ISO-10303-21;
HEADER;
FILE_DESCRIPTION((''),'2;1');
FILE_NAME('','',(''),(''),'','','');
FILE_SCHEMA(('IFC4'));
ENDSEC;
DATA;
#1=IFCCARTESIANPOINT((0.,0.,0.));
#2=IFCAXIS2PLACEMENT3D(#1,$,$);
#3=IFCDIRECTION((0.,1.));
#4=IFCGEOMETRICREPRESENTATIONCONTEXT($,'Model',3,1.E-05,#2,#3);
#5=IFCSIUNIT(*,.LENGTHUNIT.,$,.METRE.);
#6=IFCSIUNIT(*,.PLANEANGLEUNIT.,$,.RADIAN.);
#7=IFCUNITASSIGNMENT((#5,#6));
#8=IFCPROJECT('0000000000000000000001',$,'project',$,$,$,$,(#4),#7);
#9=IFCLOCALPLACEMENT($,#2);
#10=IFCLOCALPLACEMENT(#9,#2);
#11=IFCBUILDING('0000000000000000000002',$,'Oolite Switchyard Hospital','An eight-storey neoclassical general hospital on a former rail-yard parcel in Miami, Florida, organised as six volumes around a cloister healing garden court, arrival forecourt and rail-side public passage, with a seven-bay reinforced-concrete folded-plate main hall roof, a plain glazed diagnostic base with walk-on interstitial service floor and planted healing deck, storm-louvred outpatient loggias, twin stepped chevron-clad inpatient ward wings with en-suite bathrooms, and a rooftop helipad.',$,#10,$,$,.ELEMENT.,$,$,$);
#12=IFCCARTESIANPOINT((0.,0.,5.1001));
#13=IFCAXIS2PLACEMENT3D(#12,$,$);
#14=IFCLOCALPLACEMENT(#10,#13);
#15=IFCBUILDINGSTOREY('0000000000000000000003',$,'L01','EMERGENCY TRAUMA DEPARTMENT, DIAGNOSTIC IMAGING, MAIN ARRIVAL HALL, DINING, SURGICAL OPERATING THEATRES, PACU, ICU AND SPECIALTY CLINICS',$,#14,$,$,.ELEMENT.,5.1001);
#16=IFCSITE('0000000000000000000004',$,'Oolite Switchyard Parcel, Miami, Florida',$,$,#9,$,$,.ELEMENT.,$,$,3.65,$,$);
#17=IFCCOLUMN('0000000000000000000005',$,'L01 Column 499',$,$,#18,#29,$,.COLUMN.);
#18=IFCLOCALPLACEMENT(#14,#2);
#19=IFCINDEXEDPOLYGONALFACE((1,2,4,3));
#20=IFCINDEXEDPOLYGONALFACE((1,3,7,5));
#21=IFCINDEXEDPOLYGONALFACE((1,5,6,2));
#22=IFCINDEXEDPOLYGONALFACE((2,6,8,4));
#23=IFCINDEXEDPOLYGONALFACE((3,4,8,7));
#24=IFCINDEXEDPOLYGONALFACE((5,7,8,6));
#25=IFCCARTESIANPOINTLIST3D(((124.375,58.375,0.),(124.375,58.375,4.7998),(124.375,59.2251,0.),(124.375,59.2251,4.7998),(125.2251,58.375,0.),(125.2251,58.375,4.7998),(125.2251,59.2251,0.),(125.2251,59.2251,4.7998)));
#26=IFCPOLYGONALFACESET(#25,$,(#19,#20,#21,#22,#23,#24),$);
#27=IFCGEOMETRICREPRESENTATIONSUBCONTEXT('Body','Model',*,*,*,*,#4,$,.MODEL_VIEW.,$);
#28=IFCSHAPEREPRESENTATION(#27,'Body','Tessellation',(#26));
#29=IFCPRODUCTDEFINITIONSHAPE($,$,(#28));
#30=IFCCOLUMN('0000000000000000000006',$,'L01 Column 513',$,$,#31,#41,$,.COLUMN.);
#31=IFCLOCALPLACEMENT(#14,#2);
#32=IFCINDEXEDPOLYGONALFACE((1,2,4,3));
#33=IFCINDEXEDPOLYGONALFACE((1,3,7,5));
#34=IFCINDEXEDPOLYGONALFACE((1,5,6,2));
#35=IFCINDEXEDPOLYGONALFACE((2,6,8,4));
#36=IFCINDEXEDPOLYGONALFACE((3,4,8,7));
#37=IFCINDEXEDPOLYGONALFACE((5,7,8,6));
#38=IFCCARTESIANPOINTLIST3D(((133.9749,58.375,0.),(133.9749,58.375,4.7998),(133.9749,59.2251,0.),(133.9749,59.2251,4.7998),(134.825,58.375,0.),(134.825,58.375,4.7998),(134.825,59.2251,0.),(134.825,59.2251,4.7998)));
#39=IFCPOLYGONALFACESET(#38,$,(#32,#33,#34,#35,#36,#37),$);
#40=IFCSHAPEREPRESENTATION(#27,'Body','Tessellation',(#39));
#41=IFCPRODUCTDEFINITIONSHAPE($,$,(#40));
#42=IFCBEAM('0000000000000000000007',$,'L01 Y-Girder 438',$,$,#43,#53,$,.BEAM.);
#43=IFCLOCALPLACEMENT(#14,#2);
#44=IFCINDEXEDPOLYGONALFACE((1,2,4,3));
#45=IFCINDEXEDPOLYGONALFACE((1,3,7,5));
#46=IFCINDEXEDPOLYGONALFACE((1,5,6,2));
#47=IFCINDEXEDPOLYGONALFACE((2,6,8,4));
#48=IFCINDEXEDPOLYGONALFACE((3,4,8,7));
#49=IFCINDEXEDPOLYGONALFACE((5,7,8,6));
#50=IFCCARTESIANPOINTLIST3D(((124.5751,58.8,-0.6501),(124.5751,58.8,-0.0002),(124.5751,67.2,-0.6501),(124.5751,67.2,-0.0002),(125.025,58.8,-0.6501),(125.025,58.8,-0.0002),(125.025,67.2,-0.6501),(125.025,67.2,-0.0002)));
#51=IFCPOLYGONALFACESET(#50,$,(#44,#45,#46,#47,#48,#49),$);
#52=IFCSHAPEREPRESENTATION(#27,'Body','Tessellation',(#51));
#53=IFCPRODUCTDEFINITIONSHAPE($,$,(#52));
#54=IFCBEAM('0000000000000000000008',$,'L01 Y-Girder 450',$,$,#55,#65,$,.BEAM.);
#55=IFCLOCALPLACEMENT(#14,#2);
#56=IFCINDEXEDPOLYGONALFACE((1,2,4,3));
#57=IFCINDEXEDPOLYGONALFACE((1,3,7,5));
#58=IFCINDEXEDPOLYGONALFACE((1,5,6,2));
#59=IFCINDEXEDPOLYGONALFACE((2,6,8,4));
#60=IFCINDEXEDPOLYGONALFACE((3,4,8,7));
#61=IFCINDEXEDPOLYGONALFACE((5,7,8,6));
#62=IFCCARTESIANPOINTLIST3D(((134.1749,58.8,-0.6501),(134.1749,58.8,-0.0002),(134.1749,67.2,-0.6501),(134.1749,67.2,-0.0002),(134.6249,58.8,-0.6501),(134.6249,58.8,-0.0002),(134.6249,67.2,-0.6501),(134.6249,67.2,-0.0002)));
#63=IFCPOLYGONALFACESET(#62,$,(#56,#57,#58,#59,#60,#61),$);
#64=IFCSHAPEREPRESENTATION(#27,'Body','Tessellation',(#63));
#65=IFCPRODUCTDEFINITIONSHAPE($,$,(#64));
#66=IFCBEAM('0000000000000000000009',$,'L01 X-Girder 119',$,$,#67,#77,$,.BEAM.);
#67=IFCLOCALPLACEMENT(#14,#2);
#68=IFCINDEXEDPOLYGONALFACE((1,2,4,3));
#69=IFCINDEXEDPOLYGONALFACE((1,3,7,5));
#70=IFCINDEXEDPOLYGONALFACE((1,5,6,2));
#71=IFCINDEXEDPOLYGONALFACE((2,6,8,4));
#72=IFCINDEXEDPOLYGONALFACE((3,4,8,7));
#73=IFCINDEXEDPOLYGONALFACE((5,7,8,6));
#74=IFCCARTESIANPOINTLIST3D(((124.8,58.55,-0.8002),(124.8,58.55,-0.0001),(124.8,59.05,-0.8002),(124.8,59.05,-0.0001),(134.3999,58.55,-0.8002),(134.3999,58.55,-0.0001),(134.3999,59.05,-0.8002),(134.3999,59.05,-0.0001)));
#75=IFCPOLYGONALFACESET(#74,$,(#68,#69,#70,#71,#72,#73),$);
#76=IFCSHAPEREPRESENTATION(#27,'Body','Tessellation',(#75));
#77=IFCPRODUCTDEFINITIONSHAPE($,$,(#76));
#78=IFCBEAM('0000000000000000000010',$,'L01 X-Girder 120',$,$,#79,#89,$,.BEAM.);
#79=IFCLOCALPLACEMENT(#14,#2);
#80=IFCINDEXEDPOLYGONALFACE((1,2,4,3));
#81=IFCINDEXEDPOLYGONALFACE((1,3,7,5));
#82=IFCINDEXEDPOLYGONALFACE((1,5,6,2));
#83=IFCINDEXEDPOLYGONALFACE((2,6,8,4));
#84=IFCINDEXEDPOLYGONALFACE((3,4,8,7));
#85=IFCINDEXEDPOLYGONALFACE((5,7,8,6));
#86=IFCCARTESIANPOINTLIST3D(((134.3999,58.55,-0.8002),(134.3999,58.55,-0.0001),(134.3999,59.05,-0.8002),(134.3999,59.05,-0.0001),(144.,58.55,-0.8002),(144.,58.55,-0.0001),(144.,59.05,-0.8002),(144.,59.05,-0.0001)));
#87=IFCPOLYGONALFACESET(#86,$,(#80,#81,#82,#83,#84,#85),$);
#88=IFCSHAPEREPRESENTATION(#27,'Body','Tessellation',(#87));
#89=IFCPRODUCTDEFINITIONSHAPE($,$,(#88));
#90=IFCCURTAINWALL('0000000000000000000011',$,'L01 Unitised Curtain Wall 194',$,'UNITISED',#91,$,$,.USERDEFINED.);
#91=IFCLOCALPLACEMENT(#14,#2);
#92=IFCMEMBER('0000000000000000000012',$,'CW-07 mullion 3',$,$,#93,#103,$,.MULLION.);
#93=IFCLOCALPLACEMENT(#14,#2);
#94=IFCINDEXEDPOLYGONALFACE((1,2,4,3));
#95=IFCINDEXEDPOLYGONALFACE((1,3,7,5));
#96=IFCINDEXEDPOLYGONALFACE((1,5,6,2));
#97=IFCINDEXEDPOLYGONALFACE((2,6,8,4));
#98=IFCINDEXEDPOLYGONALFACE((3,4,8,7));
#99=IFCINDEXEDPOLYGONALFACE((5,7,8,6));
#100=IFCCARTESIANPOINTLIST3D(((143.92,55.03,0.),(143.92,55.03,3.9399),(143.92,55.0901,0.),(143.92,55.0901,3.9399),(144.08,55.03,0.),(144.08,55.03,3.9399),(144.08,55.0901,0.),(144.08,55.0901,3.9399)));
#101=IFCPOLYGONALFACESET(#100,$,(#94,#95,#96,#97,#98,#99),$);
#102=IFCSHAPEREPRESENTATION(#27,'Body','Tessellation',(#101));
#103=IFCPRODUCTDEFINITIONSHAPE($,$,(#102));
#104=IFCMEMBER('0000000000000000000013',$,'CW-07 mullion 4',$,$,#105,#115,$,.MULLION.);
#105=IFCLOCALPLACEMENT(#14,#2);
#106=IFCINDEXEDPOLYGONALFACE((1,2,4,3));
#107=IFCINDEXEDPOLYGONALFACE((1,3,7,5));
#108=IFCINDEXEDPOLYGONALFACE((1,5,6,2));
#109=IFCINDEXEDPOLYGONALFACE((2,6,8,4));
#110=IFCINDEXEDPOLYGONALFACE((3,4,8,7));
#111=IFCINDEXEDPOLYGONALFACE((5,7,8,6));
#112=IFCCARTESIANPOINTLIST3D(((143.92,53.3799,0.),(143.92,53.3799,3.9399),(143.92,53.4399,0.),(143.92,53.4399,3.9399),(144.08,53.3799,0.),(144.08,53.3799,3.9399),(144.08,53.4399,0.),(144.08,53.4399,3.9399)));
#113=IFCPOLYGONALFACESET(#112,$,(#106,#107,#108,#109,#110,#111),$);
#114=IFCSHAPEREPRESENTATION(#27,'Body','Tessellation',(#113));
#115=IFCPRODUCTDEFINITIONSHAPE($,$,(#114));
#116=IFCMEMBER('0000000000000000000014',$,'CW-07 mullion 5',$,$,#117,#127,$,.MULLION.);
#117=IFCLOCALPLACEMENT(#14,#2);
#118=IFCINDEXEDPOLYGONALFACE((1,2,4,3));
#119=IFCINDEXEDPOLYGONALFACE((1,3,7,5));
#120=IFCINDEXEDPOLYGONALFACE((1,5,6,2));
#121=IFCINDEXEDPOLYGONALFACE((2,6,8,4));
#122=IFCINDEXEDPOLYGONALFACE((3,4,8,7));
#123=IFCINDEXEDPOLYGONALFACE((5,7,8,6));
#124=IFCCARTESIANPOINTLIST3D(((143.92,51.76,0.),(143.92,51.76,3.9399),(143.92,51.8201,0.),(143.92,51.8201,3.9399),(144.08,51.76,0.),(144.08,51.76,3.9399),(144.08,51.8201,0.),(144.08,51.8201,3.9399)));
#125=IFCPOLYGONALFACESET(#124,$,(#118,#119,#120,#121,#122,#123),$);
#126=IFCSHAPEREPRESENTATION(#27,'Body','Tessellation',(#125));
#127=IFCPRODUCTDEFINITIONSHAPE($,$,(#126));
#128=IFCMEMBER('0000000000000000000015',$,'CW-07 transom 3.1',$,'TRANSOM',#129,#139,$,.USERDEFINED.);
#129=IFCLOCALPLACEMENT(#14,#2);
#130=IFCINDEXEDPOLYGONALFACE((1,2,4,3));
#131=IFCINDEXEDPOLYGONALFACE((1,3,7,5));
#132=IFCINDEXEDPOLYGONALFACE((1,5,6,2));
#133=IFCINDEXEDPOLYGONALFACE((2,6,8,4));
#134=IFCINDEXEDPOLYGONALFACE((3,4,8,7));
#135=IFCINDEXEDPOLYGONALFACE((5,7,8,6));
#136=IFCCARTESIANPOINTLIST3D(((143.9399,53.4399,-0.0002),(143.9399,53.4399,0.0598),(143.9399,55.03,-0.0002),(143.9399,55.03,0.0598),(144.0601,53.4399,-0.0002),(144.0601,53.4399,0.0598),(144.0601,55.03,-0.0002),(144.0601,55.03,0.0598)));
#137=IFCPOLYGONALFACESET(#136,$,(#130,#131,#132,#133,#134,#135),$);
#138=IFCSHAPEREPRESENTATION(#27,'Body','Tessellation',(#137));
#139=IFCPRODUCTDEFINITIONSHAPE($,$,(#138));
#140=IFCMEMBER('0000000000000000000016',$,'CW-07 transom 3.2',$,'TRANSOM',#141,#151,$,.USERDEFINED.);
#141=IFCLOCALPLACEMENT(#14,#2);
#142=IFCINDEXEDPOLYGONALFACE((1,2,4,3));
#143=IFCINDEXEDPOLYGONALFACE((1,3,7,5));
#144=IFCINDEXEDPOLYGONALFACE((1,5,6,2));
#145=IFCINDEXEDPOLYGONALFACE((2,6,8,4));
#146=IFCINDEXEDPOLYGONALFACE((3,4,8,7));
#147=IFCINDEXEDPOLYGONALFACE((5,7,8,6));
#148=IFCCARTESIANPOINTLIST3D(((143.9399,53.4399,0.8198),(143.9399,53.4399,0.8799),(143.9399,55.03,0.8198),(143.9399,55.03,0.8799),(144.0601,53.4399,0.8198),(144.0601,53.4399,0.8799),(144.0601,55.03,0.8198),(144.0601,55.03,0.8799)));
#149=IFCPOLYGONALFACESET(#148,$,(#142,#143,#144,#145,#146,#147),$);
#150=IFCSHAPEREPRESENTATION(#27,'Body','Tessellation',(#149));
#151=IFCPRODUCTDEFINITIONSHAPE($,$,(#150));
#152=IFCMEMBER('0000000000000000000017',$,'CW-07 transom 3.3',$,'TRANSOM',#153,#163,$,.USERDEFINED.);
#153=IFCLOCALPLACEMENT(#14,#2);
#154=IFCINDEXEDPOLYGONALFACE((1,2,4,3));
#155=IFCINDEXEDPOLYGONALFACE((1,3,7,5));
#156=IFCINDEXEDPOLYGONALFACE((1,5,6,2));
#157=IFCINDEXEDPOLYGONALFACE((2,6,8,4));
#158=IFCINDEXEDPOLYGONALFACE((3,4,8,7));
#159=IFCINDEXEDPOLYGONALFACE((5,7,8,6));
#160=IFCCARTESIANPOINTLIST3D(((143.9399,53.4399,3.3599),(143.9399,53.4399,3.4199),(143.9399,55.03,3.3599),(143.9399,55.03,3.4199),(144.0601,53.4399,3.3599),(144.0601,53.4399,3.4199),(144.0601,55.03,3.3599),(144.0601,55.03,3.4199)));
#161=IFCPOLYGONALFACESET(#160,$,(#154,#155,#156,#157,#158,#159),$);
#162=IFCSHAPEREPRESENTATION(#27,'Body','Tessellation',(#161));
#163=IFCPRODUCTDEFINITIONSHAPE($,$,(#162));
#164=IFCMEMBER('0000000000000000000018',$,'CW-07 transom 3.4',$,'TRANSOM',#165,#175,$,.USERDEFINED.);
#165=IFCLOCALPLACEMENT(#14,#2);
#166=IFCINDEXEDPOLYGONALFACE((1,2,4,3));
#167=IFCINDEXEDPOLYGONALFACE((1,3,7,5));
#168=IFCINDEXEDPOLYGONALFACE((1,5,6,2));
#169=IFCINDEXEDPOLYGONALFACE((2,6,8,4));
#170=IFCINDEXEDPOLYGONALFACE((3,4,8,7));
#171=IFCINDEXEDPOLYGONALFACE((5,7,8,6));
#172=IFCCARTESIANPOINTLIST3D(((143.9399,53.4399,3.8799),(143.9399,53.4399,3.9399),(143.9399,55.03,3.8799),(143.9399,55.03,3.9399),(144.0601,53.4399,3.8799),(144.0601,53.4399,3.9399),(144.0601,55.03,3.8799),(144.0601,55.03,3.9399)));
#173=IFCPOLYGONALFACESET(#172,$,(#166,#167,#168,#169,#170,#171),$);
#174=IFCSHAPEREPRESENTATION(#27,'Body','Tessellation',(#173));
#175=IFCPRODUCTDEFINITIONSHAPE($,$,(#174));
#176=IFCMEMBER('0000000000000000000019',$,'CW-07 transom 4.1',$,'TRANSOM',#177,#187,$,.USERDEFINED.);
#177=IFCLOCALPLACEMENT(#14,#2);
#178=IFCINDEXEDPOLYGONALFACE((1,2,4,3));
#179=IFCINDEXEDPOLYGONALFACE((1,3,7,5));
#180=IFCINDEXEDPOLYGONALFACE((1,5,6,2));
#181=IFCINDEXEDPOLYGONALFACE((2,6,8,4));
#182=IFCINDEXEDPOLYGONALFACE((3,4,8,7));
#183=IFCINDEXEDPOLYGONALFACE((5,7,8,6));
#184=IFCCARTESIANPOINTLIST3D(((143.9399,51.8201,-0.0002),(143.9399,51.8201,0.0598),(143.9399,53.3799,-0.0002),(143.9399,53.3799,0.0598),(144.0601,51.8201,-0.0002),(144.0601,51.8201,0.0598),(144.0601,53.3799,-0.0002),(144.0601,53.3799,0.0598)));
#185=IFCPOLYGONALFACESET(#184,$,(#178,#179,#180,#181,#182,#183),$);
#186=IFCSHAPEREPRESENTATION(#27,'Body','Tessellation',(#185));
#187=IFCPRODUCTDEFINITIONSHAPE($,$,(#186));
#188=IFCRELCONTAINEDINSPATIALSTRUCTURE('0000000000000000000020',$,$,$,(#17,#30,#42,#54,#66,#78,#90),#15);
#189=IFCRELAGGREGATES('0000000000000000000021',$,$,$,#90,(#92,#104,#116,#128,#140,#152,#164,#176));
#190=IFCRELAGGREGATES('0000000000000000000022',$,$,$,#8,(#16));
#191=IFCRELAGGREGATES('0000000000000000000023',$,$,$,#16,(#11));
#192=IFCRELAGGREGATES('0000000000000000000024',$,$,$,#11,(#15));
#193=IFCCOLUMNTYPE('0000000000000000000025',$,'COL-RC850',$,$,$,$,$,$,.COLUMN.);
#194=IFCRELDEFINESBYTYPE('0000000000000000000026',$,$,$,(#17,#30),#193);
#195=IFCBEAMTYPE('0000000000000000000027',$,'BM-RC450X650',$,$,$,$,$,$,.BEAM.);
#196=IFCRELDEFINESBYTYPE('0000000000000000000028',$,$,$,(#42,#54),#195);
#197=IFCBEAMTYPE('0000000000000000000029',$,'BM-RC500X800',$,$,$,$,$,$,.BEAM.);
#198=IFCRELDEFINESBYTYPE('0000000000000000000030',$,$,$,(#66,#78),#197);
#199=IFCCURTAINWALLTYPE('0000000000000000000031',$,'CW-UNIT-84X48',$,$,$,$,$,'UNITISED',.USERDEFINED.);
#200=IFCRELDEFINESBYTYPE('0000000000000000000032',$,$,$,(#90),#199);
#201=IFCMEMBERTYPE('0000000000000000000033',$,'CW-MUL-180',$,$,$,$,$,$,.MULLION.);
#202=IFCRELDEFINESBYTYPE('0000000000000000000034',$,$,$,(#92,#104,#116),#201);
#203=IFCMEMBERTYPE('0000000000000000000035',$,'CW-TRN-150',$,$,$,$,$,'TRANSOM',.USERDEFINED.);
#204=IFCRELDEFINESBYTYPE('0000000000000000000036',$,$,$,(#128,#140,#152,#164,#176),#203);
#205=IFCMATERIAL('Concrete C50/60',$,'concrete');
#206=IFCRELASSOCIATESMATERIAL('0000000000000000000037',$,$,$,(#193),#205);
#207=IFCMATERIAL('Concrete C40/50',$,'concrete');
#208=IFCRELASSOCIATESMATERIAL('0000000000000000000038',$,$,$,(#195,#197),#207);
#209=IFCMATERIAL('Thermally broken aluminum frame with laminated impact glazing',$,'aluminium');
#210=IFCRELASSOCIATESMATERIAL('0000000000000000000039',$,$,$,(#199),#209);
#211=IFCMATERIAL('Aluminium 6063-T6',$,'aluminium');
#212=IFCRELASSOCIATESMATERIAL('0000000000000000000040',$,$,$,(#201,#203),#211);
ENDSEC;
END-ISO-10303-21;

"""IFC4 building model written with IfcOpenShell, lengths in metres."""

from ifc_helpers import new_model, si_unit, direction, frame, origin, origin_2d, place, context, subcontext, project, spatial, rectangle, extrude, material, material_profile, profile_set, type_object, element, aggregate, save


model = new_model("IFC4")

# Units and contexts
model_context = context("Model", 3, precision=1e-05, world=origin(), true_north=direction((0.0, 1.0)))
body_context = subcontext(model_context, "Body", "Model", "MODEL_VIEW")
ifc_project = project(units=[si_unit("LENGTHUNIT", "METRE"), si_unit("PLANEANGLEUNIT", "RADIAN")], contexts=[model_context])

# Site, building, storey
site_placement = place(None, origin())
site = spatial("IfcSite", under=ifc_project, at=site_placement, Name="Oolite Switchyard Parcel, Miami, Florida", CompositionType="ELEMENT", RefElevation=3.65)
building_placement = place(site_placement, origin())
building = spatial("IfcBuilding", under=site, at=building_placement, Name="Oolite Switchyard Hospital", Description="An eight-storey neoclassical general hospital on a former rail-yard parcel in Miami, Florida, organised as six volumes around a cloister healing garden court, arrival forecourt and rail-side public passage, with a seven-bay reinforced-concrete folded-plate main hall roof, a plain glazed diagnostic base with walk-on interstitial service floor and planted healing deck, storm-louvred outpatient loggias, twin stepped chevron-clad inpatient ward wings with en-suite bathrooms, and a rooftop helipad.", CompositionType="ELEMENT")
storey_placement = place(building_placement, frame((0.0, 0.0, 5.1001)))
storey = spatial("IfcBuildingStorey", under=building, at=storey_placement, Name="L01", Description="EMERGENCY TRAUMA DEPARTMENT, DIAGNOSTIC IMAGING, MAIN ARRIVAL HALL, DINING, SURGICAL OPERATING THEATRES, PACU, ICU AND SPECIALTY CLINICS", CompositionType="ELEMENT", Elevation=5.1001)

# Columns
ifc_material_1 = material(Name="Concrete C50/60", Category="concrete")
ifc_material_profile_1 = material_profile(ifc_material_1, rectangle(XDim=0.8501, YDim=0.8501, at=origin_2d()), Name="RC850X850")
ifc_profile_set_1 = profile_set([ifc_material_profile_1], Name="Concrete C50/60")
column_type = type_object("IfcColumnType", Name="COL-RC850", PredefinedType="COLUMN", material=ifc_profile_set_1)
for number, where, z_axis, x_axis, name in (
    (1, (124.8, 58.8, 0.0), (0.0, 0.0, 1.0), (1.0, 0.0, 0.0), "L01 Column 499"),
    (2, (134.3999, 58.8, 0.0), (0.0, 0.0, 1.0), (1.0, 0.0, 0.0), "L01 Column 513"),
):
    element("IfcColumn", number, at=place(storey_placement, frame(where, z_axis=z_axis, x_axis=x_axis)), inside=storey, type_object=column_type, Name=name, PredefinedType="COLUMN", context=body_context, shape_type="SweptSolid", body=[
        extrude(rectangle(XDim=0.8501, YDim=0.8501, at=origin_2d()), origin(), (0.0, 0.0, 1.0), 4.7998),
    ])

# Beams
ifc_material_2 = material(Name="Concrete C40/50", Category="concrete")
ifc_material_profile_2 = material_profile(ifc_material_2, rectangle(XDim=0.45, YDim=0.6499, at=origin_2d()), Name="RCB450X650")
ifc_profile_set_2 = profile_set([ifc_material_profile_2], Name="Concrete C40/50")
beam_type_1 = type_object("IfcBeamType", Name="BM-RC450X650", PredefinedType="BEAM", material=ifc_profile_set_2)
for number, where, z_axis, x_axis, name in (
    (3, (124.8, 58.8, -0.3252), (0.0, 1.0, 0.0), (-1.0, 0.0, 0.0), "L01 Y-Girder 438"),
    (4, (134.3999, 58.8, -0.3252), (0.0, 1.0, 0.0), (-1.0, 0.0, 0.0), "L01 Y-Girder 450"),
):
    element("IfcBeam", number, at=place(storey_placement, frame(where, z_axis=z_axis, x_axis=x_axis)), inside=storey, type_object=beam_type_1, Name=name, PredefinedType="BEAM", context=body_context, shape_type="SweptSolid", body=[
        extrude(rectangle(XDim=0.45, YDim=0.6499, at=origin_2d()), origin(), (0.0, 0.0, 1.0), 8.3999),
    ])
ifc_material_profile_3 = material_profile(ifc_material_2, rectangle(XDim=0.5, YDim=0.8, at=origin_2d()), Name="RCB500X800")
ifc_profile_set_3 = profile_set([ifc_material_profile_3], Name="Concrete C40/50")
beam_type_2 = type_object("IfcBeamType", Name="BM-RC500X800", PredefinedType="BEAM", material=ifc_profile_set_3)
beam_1_placement = place(storey_placement, frame((124.8, 58.8, -0.4001), z_axis=(1.0, 0.0, 0.0), x_axis=(0.0, 1.0, 0.0)))
element("IfcBeam", 5, at=beam_1_placement, inside=storey, type_object=beam_type_2, Name="L01 X-Girder 119", PredefinedType="BEAM", context=body_context, shape_type="SweptSolid", body=[
    extrude(rectangle(XDim=0.5, YDim=0.8, at=origin_2d()), origin(), (0.0, 0.0, 1.0), 9.5999),
])
beam_2_placement = place(storey_placement, frame((134.3999, 58.8, -0.4001), z_axis=(1.0, 0.0, 0.0), x_axis=(0.0, 1.0, 0.0)))
element("IfcBeam", 6, at=beam_2_placement, inside=storey, type_object=beam_type_2, Name="L01 X-Girder 120", PredefinedType="BEAM", context=body_context, shape_type="SweptSolid", body=[
    extrude(rectangle(XDim=0.5, YDim=0.8, at=origin_2d()), origin(), (0.0, 0.0, 1.0), 9.6001),
])

# Curtain wall, members
ifc_material_3 = material(Name="Thermally broken aluminum frame with laminated impact glazing", Category="aluminium")
curtain_wall_type = type_object("IfcCurtainWallType", Name="CW-UNIT-84X48", ElementType="UNITISED", PredefinedType="USERDEFINED", material=ifc_material_3)
curtain_wall_placement = place(storey_placement, origin())
curtain_wall = element("IfcCurtainWall", 7, at=curtain_wall_placement, inside=storey, type_object=curtain_wall_type, Name="L01 Unitised Curtain Wall 194", ObjectType="UNITISED", PredefinedType="USERDEFINED")
ifc_material_4 = material(Name="Aluminium 6063-T6", Category="aluminium")
ifc_material_profile_4 = material_profile(ifc_material_4, rectangle(XDim=0.1599, YDim=0.0601, at=origin_2d()), Name="CWM60X160")
ifc_profile_set_4 = profile_set([ifc_material_profile_4], Name="Aluminium 6063-T6")
member_type_1 = type_object("IfcMemberType", Name="CW-MUL-180", PredefinedType="MULLION", material=ifc_profile_set_4)
member_1_placement = place(storey_placement, frame((144.0, 55.0601, 0.0), z_axis=(0.0, 0.0, 1.0), x_axis=(1.0, 0.0, 0.0)))
member_1 = element("IfcMember", 8, at=member_1_placement, type_object=member_type_1, Name="CW-07 mullion 3", PredefinedType="MULLION", context=body_context, shape_type="SweptSolid", body=[
    extrude(rectangle(XDim=0.1599, YDim=0.0601, at=origin_2d()), origin(), (0.0, 0.0, 1.0), 3.9399),
])
member_2_placement = place(storey_placement, frame((144.0, 53.4099, 0.0), z_axis=(0.0, 0.0, 1.0), x_axis=(1.0, 0.0, 0.0)))
member_2 = element("IfcMember", 9, at=member_2_placement, type_object=member_type_1, Name="CW-07 mullion 4", PredefinedType="MULLION", context=body_context, shape_type="SweptSolid", body=[
    extrude(rectangle(XDim=0.1599, YDim=0.0601, at=origin_2d()), origin(), (0.0, 0.0, 1.0), 3.9399),
])
member_3_placement = place(storey_placement, frame((144.0, 51.79, 0.0), z_axis=(0.0, 0.0, 1.0), x_axis=(1.0, 0.0, 0.0)))
member_3 = element("IfcMember", 10, at=member_3_placement, type_object=member_type_1, Name="CW-07 mullion 5", PredefinedType="MULLION", context=body_context, shape_type="SweptSolid", body=[
    extrude(rectangle(XDim=0.1599, YDim=0.0601, at=origin_2d()), origin(), (0.0, 0.0, 1.0), 3.9399),
])
ifc_material_profile_5 = material_profile(ifc_material_4, rectangle(XDim=0.1201, YDim=0.0601, at=origin_2d()), Name="CWT60X120")
ifc_profile_set_5 = profile_set([ifc_material_profile_5], Name="Aluminium 6063-T6")
member_type_2 = type_object("IfcMemberType", Name="CW-TRN-150", ElementType="TRANSOM", PredefinedType="USERDEFINED", material=ifc_profile_set_5)
member_4_placement = place(storey_placement, frame((144.0, 55.03, 0.0298), z_axis=(0.0, -1.0, 0.0), x_axis=(1.0, 0.0, 0.0)))
member_4 = element("IfcMember", 11, at=member_4_placement, type_object=member_type_2, Name="CW-07 transom 3.1", ObjectType="TRANSOM", PredefinedType="USERDEFINED", context=body_context, shape_type="SweptSolid", body=[
    extrude(rectangle(XDim=0.1201, YDim=0.0601, at=origin_2d()), origin(), (0.0, 0.0, 1.0), 1.5901),
])
member_5_placement = place(storey_placement, frame((144.0, 55.03, 0.8499), z_axis=(0.0, -1.0, 0.0), x_axis=(1.0, 0.0, 0.0)))
member_5 = element("IfcMember", 12, at=member_5_placement, type_object=member_type_2, Name="CW-07 transom 3.2", ObjectType="TRANSOM", PredefinedType="USERDEFINED", context=body_context, shape_type="SweptSolid", body=[
    extrude(rectangle(XDim=0.1201, YDim=0.0601, at=origin_2d()), origin(), (0.0, 0.0, 1.0), 1.5901),
])
member_6_placement = place(storey_placement, frame((144.0, 55.03, 3.3899), z_axis=(0.0, -1.0, 0.0), x_axis=(1.0, 0.0, 0.0)))
member_6 = element("IfcMember", 13, at=member_6_placement, type_object=member_type_2, Name="CW-07 transom 3.3", ObjectType="TRANSOM", PredefinedType="USERDEFINED", context=body_context, shape_type="SweptSolid", body=[
    extrude(rectangle(XDim=0.1201, YDim=0.0601, at=origin_2d()), origin(), (0.0, 0.0, 1.0), 1.5901),
])
member_7_placement = place(storey_placement, frame((144.0, 55.03, 3.9099), z_axis=(0.0, -1.0, 0.0), x_axis=(1.0, 0.0, 0.0)))
member_7 = element("IfcMember", 14, at=member_7_placement, type_object=member_type_2, Name="CW-07 transom 3.4", ObjectType="TRANSOM", PredefinedType="USERDEFINED", context=body_context, shape_type="SweptSolid", body=[
    extrude(rectangle(XDim=0.1201, YDim=0.0601, at=origin_2d()), origin(), (0.0, 0.0, 1.0), 1.5901),
])
member_8_placement = place(storey_placement, frame((144.0, 53.3799, 0.0298), z_axis=(0.0, -1.0, 0.0), x_axis=(1.0, 0.0, 0.0)))
member_8 = element("IfcMember", 15, at=member_8_placement, type_object=member_type_2, Name="CW-07 transom 4.1", ObjectType="TRANSOM", PredefinedType="USERDEFINED", context=body_context, shape_type="SweptSolid", body=[
    extrude(rectangle(XDim=0.1201, YDim=0.0601, at=origin_2d()), origin(), (0.0, 0.0, 1.0), 1.5598),
])
aggregate(curtain_wall, [member_1, member_2, member_3, member_4, member_5, member_6, member_7, member_8])

save(model, "model.ifc")
